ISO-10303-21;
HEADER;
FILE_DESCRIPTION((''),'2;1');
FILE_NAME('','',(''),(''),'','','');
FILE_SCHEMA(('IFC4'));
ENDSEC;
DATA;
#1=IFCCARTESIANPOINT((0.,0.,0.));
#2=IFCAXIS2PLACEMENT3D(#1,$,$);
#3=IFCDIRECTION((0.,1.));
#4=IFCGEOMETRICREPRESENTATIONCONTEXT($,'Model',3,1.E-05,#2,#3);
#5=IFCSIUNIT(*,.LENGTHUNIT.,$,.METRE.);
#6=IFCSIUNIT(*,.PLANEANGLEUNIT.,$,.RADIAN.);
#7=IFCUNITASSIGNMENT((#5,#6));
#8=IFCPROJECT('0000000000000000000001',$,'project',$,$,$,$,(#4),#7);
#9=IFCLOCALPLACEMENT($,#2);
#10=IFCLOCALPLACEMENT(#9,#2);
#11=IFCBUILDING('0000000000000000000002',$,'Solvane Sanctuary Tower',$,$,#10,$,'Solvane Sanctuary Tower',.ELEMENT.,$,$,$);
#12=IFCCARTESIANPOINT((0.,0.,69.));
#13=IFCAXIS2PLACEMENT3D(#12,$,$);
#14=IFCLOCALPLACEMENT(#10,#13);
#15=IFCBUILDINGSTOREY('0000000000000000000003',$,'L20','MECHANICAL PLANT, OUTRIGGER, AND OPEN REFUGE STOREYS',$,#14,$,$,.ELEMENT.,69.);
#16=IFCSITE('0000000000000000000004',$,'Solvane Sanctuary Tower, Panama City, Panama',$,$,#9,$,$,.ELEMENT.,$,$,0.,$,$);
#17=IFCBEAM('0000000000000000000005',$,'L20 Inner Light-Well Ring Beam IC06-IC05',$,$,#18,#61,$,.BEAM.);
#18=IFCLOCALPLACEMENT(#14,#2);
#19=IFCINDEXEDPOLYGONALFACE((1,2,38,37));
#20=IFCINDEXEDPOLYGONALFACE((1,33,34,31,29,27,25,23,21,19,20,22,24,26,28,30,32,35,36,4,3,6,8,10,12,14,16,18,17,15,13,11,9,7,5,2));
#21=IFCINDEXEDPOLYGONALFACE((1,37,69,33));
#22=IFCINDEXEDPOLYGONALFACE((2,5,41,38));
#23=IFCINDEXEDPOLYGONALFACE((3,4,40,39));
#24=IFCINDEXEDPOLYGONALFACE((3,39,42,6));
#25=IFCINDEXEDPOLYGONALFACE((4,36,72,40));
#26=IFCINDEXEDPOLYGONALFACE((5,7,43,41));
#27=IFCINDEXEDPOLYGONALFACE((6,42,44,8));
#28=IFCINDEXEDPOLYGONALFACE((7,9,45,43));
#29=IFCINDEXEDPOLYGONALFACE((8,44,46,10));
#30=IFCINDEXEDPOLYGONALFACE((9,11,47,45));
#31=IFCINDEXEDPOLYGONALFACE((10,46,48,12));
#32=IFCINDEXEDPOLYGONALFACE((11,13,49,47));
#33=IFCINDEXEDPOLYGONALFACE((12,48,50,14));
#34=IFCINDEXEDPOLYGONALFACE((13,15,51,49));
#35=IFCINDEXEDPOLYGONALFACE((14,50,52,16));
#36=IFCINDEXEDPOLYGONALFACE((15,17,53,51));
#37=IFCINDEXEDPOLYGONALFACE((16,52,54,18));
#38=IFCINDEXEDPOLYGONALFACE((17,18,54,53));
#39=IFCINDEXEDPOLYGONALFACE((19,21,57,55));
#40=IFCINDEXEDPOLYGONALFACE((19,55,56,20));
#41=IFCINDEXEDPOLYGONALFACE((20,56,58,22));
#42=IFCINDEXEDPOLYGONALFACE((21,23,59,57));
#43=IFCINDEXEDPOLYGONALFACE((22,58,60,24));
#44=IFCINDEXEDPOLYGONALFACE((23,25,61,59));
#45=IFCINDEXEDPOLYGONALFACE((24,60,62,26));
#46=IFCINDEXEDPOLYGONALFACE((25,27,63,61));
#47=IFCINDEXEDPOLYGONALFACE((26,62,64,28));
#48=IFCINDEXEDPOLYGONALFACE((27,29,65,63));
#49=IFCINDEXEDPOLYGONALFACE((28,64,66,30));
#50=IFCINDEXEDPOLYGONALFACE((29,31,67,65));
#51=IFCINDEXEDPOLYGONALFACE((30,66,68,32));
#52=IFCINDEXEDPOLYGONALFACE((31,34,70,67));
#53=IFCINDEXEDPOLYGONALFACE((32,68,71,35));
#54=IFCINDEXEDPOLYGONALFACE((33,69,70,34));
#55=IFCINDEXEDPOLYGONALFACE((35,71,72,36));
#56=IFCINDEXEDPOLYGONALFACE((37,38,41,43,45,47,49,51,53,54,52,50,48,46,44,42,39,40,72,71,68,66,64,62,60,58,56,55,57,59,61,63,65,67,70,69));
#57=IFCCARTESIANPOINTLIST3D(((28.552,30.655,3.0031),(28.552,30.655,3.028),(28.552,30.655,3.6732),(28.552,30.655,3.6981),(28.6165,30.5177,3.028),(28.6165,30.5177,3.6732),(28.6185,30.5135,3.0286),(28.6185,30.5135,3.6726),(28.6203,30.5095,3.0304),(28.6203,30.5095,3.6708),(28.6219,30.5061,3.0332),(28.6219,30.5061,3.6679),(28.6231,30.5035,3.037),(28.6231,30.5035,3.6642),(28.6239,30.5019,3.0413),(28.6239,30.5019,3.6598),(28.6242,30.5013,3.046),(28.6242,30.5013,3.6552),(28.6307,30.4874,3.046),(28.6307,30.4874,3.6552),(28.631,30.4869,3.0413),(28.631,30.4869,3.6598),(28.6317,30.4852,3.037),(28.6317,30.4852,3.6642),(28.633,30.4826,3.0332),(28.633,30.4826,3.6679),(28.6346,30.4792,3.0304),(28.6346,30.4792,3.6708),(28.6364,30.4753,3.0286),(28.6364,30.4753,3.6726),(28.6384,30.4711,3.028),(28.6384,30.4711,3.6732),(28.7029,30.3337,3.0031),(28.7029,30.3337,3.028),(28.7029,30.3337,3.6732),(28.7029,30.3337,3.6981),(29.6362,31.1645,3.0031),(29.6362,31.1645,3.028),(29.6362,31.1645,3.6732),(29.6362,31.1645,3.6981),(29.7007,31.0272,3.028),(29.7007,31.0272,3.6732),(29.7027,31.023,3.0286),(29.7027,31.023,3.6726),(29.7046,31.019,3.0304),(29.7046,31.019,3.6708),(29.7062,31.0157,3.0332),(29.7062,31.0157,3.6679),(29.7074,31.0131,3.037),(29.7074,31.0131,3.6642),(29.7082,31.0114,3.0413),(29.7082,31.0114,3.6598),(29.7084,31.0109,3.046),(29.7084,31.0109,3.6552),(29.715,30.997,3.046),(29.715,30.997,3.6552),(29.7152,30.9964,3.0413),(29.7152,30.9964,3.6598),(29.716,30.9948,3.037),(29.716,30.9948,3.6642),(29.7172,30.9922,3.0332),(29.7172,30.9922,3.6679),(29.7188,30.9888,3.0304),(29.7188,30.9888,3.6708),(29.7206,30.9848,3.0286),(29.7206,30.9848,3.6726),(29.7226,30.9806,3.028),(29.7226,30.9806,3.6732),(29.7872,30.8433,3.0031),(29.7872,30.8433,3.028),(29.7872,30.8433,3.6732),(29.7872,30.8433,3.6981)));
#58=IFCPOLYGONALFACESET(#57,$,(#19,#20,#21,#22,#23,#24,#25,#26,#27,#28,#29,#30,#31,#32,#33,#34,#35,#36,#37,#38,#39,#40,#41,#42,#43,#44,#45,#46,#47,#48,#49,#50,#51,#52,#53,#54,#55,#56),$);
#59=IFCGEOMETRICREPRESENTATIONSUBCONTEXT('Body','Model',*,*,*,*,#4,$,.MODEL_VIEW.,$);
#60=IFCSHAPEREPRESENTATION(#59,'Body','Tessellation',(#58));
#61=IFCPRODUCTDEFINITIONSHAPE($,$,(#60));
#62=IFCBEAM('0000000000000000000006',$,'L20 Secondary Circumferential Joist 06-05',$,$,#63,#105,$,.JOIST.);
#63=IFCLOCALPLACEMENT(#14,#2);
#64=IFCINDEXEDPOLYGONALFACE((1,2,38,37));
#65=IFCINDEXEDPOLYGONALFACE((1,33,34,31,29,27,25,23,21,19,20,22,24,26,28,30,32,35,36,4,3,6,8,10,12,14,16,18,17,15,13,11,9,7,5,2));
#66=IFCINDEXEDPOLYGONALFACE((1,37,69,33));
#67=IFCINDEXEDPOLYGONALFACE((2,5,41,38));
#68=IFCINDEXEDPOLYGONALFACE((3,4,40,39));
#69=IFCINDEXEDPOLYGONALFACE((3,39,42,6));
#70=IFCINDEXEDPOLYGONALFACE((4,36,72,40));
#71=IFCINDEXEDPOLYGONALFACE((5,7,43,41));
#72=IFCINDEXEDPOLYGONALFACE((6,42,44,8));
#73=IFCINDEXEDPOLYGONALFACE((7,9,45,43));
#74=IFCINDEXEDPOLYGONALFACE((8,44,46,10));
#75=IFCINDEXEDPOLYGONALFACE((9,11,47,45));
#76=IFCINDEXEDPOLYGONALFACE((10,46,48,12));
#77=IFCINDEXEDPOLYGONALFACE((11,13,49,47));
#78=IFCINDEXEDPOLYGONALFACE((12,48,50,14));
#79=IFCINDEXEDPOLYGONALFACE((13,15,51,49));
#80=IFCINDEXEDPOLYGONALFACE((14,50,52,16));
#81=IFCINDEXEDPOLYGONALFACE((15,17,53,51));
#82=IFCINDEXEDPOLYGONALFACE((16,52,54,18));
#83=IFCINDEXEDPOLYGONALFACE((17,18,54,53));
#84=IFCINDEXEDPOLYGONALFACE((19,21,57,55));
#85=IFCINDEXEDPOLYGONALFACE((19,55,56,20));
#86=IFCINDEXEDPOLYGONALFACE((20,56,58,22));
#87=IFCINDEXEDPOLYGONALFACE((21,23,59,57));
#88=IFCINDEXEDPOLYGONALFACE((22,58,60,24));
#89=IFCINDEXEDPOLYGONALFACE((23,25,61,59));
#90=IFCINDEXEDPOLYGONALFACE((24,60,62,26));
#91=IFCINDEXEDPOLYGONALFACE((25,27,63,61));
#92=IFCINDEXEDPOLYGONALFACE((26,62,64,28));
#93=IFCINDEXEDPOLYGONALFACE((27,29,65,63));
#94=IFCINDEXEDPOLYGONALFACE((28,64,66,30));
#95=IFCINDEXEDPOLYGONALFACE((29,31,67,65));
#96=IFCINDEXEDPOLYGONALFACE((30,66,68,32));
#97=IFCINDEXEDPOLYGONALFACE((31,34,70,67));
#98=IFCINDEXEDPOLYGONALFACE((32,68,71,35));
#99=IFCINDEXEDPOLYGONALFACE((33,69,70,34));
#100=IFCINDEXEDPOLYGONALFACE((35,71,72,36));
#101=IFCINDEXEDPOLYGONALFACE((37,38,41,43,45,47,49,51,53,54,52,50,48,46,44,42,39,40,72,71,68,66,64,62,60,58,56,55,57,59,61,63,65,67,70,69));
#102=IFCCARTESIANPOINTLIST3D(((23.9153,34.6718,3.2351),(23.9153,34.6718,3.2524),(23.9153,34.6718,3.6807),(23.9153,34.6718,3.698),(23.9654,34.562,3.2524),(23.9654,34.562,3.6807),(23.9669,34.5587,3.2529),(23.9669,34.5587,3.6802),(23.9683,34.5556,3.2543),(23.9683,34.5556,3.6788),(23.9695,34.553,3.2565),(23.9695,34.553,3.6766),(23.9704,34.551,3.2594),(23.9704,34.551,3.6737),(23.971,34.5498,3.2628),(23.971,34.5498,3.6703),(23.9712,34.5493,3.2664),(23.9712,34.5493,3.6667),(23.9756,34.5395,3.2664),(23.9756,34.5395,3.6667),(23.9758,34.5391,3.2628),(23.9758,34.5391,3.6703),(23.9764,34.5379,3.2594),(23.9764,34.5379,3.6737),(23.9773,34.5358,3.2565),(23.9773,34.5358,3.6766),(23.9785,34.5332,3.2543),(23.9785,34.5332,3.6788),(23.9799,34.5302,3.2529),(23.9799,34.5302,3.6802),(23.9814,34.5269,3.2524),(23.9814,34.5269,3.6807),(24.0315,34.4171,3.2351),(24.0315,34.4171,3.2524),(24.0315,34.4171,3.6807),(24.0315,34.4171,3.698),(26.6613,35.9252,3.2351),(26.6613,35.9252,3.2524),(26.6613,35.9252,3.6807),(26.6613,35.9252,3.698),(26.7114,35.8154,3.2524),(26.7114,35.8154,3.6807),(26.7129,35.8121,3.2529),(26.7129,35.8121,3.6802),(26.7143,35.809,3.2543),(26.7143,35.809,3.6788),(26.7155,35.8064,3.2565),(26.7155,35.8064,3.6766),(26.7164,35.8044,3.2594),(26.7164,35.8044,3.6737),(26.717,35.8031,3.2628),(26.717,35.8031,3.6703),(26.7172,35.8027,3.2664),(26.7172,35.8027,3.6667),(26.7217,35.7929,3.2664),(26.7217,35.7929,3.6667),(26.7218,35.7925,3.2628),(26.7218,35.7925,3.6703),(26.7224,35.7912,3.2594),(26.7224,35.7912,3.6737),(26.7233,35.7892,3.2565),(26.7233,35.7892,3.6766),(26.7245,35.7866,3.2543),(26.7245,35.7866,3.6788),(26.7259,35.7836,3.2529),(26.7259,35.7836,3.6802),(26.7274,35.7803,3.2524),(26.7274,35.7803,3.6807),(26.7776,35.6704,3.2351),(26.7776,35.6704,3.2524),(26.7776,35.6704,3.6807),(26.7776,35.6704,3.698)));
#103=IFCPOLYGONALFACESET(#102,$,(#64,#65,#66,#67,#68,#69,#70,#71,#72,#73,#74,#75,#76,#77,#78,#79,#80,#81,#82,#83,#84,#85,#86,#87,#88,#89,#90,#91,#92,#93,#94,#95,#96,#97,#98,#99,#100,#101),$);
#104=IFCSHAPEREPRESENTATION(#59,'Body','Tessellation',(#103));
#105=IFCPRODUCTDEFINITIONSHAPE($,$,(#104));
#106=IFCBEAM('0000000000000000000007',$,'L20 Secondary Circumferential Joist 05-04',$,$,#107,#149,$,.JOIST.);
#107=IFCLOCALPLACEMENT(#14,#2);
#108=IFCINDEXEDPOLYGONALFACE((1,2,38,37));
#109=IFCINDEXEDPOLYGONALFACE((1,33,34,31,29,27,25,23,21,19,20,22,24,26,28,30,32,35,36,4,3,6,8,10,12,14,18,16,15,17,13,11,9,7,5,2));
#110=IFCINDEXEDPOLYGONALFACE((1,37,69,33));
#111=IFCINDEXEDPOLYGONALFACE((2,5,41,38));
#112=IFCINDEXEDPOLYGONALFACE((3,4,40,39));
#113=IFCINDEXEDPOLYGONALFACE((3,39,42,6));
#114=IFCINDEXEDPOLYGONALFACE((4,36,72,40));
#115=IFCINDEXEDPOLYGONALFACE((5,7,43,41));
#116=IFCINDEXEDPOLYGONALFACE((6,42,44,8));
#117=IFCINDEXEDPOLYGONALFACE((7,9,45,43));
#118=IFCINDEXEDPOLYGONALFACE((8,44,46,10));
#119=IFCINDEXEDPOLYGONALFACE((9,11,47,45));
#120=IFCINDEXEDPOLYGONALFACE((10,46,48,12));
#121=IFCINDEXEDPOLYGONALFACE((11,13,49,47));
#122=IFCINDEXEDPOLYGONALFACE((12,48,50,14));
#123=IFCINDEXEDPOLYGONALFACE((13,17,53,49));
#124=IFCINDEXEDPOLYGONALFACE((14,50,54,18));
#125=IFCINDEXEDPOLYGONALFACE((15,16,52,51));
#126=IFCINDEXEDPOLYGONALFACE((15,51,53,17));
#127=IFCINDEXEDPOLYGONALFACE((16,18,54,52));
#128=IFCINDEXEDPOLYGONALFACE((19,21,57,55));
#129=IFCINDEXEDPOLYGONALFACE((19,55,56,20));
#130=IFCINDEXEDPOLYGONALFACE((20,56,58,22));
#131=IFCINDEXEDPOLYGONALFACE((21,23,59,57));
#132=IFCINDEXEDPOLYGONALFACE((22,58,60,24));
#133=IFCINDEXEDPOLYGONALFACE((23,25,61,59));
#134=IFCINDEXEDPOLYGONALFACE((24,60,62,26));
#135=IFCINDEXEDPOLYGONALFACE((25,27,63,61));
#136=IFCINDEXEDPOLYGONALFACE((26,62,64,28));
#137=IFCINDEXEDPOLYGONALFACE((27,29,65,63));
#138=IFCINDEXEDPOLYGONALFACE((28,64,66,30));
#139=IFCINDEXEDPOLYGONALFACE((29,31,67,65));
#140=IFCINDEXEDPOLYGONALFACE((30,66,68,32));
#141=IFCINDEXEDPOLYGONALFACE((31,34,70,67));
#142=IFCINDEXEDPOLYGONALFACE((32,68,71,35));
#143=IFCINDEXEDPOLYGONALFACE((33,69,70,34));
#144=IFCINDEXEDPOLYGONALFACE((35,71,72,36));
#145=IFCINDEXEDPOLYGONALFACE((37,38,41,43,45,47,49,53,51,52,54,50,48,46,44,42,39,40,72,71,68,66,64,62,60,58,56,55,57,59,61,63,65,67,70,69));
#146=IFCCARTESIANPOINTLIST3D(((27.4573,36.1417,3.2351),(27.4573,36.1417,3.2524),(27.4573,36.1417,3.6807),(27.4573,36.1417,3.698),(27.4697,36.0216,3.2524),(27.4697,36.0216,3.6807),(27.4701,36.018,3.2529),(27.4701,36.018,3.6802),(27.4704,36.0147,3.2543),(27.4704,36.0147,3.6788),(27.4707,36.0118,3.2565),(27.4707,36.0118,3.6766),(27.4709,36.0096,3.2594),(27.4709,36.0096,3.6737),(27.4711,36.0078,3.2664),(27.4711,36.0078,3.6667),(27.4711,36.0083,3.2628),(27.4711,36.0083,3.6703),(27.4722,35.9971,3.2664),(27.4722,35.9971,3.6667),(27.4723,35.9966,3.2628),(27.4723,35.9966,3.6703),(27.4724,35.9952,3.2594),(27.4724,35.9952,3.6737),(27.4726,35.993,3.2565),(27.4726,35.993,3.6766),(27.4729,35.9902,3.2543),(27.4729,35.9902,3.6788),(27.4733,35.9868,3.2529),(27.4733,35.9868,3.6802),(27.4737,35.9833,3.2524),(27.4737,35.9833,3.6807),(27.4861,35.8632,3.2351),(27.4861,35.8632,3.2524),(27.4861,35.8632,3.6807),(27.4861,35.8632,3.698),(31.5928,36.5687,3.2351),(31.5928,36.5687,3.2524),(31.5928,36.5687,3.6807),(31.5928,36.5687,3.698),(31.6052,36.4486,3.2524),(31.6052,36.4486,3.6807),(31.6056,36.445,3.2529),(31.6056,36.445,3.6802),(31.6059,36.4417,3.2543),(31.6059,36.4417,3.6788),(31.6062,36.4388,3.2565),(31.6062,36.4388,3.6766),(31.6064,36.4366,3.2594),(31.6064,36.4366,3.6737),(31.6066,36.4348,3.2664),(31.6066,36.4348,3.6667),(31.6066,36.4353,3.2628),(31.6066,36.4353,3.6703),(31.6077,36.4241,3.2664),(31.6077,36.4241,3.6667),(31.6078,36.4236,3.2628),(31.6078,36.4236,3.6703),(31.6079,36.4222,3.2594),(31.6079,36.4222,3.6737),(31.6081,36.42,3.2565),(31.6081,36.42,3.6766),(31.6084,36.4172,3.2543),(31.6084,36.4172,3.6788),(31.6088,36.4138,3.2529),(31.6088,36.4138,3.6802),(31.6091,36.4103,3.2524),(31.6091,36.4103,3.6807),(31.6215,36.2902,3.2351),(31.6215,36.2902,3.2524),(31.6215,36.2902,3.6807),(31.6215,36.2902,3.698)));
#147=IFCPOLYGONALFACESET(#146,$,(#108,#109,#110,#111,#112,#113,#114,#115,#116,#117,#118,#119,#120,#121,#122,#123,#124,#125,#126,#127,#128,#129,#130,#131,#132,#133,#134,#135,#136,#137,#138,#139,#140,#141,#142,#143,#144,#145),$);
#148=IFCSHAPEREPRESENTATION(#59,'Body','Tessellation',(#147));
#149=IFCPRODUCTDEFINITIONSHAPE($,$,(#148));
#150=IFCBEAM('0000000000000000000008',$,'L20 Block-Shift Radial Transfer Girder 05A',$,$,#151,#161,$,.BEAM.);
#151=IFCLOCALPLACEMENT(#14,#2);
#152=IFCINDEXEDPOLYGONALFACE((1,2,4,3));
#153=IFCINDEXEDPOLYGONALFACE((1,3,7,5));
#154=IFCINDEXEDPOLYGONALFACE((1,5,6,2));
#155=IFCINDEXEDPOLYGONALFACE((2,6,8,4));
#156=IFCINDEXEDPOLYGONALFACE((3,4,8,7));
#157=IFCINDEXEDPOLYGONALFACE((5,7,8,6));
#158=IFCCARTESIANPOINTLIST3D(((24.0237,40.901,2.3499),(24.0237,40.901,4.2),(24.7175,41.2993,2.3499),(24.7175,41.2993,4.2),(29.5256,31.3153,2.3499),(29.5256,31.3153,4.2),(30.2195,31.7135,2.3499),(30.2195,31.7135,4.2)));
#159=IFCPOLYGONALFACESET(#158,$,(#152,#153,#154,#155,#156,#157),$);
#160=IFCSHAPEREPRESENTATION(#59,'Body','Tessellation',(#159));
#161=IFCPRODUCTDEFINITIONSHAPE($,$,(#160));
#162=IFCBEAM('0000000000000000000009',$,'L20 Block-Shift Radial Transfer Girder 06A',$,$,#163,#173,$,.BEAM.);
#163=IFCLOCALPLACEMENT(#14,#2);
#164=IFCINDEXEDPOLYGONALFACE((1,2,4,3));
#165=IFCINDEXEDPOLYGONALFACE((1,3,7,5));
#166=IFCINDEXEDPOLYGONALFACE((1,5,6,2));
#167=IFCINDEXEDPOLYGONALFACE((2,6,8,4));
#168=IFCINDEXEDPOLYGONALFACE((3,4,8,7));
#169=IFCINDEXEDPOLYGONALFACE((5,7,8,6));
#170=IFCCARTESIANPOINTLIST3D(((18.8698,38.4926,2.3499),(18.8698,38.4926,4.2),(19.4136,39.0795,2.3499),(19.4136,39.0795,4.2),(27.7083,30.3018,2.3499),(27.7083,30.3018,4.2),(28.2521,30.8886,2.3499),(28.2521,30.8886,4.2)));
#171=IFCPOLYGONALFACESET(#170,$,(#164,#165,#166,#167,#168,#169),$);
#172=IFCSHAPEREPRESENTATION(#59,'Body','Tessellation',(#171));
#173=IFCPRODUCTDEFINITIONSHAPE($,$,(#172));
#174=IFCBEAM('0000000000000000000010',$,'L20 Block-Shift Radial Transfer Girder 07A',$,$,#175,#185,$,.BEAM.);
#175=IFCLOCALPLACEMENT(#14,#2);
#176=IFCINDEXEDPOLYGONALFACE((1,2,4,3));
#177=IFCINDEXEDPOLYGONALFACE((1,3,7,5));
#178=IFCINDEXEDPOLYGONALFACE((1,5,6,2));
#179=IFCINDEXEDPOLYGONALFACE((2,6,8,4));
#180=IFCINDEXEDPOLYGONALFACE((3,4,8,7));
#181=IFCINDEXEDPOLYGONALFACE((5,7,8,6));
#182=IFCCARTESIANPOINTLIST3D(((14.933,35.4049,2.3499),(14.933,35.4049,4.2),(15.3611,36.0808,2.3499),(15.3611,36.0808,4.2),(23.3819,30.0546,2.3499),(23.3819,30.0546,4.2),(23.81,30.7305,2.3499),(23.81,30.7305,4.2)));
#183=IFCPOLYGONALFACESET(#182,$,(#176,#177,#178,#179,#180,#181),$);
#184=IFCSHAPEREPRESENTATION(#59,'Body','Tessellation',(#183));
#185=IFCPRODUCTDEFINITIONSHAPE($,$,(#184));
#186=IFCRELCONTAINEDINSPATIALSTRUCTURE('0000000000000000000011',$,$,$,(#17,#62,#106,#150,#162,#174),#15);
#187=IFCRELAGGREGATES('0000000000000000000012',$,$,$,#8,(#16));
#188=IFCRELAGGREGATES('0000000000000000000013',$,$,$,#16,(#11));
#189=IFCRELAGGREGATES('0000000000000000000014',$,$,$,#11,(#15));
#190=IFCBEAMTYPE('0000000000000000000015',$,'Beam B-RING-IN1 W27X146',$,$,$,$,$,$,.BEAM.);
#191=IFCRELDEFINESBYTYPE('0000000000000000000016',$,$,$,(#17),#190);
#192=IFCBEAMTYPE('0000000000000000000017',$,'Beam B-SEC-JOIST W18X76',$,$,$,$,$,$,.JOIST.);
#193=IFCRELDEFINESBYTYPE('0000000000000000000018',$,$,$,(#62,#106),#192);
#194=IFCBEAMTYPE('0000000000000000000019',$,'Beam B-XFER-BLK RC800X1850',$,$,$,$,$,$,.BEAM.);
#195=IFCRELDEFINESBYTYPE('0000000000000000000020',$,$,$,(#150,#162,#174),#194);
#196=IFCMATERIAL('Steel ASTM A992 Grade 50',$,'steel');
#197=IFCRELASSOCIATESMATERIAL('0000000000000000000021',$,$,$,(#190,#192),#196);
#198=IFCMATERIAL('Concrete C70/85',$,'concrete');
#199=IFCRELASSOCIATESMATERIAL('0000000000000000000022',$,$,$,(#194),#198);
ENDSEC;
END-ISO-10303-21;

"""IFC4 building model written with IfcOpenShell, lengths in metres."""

from ifc_helpers import new_model, si_unit, direction, frame, origin, origin_2d, place, context, subcontext, project, spatial, rectangle, i_section, extrude, material, material_profile, profile_set, type_object, element, save


model = new_model("IFC4")

# Units and contexts
model_context = context("Model", 3, precision=1e-05, world=origin(), true_north=direction((0.0, 1.0)))
body_context = subcontext(model_context, "Body", "Model", "MODEL_VIEW")
ifc_project = project(units=[si_unit("LENGTHUNIT", "METRE"), si_unit("PLANEANGLEUNIT", "RADIAN")], contexts=[model_context])

# Site, building, storey
site_placement = place(None, origin())
site = spatial("IfcSite", under=ifc_project, at=site_placement, Name="Solvane Sanctuary Tower, Panama City, Panama", CompositionType="ELEMENT", RefElevation=0.0)
building_placement = place(site_placement, origin())
building = spatial("IfcBuilding", under=site, at=building_placement, Name="Solvane Sanctuary Tower", LongName="Solvane Sanctuary Tower", CompositionType="ELEMENT")
storey_placement = place(building_placement, frame((0.0, 0.0, 69.0)))
storey = spatial("IfcBuildingStorey", under=building, at=storey_placement, Name="L20", Description="MECHANICAL PLANT, OUTRIGGER, AND OPEN REFUGE STOREYS", CompositionType="ELEMENT", Elevation=69.0)

# Shared definitions
ifc_material_1 = material(Name="Concrete C70/85", Category="concrete")

# Beams
ifc_material_2 = material(Name="Steel ASTM A992 Grade 50", Category="steel")
ifc_material_profile_1 = material_profile(ifc_material_2, i_section(OverallWidth=0.355, OverallDepth=0.6951, WebThickness=0.0154, FlangeThickness=0.0249, FilletRadius=0.0181, at=origin_2d()), Name="W27X146")
ifc_profile_set_1 = profile_set([ifc_material_profile_1], Name="Steel ASTM A992 Grade 50")
beam_type_1 = type_object("IfcBeamType", Name="Beam B-RING-IN1 W27X146", PredefinedType="BEAM", material=ifc_profile_set_1)
beam_1_placement = place(storey_placement, frame((28.6274, 30.4944, 3.3506), z_axis=(0.905045, 0.425316, 0.0), x_axis=(-0.425316, 0.905045, 0.0)))
element("IfcBeam", 1, at=beam_1_placement, inside=storey, type_object=beam_type_1, Name="L20 Inner Light-Well Ring Beam IC06-IC05", PredefinedType="BEAM", context=body_context, shape_type="SweptSolid", body=[
    extrude(i_section(OverallWidth=0.355, OverallDepth=0.6951, WebThickness=0.0154, FlangeThickness=0.0249, FilletRadius=0.0181, at=origin_2d()), origin(), (0.0, 0.0, 1.0), 1.198),
])
ifc_material_profile_2 = material_profile(ifc_material_2, i_section(OverallWidth=0.28, OverallDepth=0.4629, WebThickness=0.0107, FlangeThickness=0.0173, FilletRadius=0.0139, at=origin_2d()), Name="W18X76")
ifc_profile_set_2 = profile_set([ifc_material_profile_2], Name="Steel ASTM A992 Grade 50")
beam_type_2 = type_object("IfcBeamType", Name="Beam B-SEC-JOIST W18X76", PredefinedType="JOIST", material=ifc_profile_set_2)
beam_2_placement = place(storey_placement, frame((23.9734, 34.5444, 3.4666), z_axis=(0.909717, 0.415228, 0.0), x_axis=(-0.415228, 0.909717, 0.0)))
element("IfcBeam", 2, at=beam_2_placement, inside=storey, type_object=beam_type_2, Name="L20 Secondary Circumferential Joist 06-05", PredefinedType="JOIST", context=body_context, shape_type="SweptSolid", body=[
    extrude(i_section(OverallWidth=0.28, OverallDepth=0.4629, WebThickness=0.0107, FlangeThickness=0.0173, FilletRadius=0.0139, at=origin_2d()), origin(), (0.0, 0.0, 1.0), 3.0186),
])
beam_3_placement = place(storey_placement, frame((27.4717, 36.0024, 3.4666), z_axis=(0.994712, 0.102707, 0.0), x_axis=(-0.102707, 0.994712, 0.0)))
element("IfcBeam", 3, at=beam_3_placement, inside=storey, type_object=beam_type_2, Name="L20 Secondary Circumferential Joist 05-04", PredefinedType="JOIST", context=body_context, shape_type="SweptSolid", body=[
    extrude(i_section(OverallWidth=0.28, OverallDepth=0.4629, WebThickness=0.0107, FlangeThickness=0.0173, FilletRadius=0.0139, at=origin_2d()), origin(), (0.0, 0.0, 1.0), 4.1575),
])
ifc_material_profile_3 = material_profile(ifc_material_1, rectangle(XDim=0.8, YDim=1.8501, at=origin_2d()), Name="RC800X1850")
ifc_profile_set_3 = profile_set([ifc_material_profile_3], Name="Concrete C70/85")
beam_type_3 = type_object("IfcBeamType", Name="Beam B-XFER-BLK RC800X1850", PredefinedType="BEAM", material=ifc_profile_set_3)
beam_4_placement = place(storey_placement, frame((29.8726, 31.5144, 3.2749), z_axis=(-0.497803, 0.86729, 0.0), x_axis=(-0.86729, -0.497803, 0.0)))
element("IfcBeam", 4, at=beam_4_placement, inside=storey, type_object=beam_type_3, Name="L20 Block-Shift Radial Transfer Girder 05A", PredefinedType="BEAM", context=body_context, shape_type="SweptSolid", body=[
    extrude(rectangle(XDim=0.8, YDim=1.8501, at=origin_2d()), origin(), (0.0, 0.0, 1.0), 11.0525),
])
beam_5_placement = place(storey_placement, frame((27.9802, 30.5952, 3.2749), z_axis=(-0.733471, 0.679721, 0.0), x_axis=(-0.679721, -0.733471, 0.0)))
element("IfcBeam", 5, at=beam_5_placement, inside=storey, type_object=beam_type_3, Name="L20 Block-Shift Radial Transfer Girder 06A", PredefinedType="BEAM", context=body_context, shape_type="SweptSolid", body=[
    extrude(rectangle(XDim=0.8, YDim=1.8501, at=origin_2d()), origin(), (0.0, 0.0, 1.0), 12.0503),
])
beam_6_placement = place(storey_placement, frame((23.5959, 30.3926, 3.2749), z_axis=(-0.84485, 0.535004, 0.0), x_axis=(-0.535004, -0.84485, 0.0)))
element("IfcBeam", 6, at=beam_6_placement, inside=storey, type_object=beam_type_3, Name="L20 Block-Shift Radial Transfer Girder 07A", PredefinedType="BEAM", context=body_context, shape_type="SweptSolid", body=[
    extrude(rectangle(XDim=0.8, YDim=1.8501, at=origin_2d()), origin(), (0.0, 0.0, 1.0), 10.0005),
])

save(model, "model.ifc")
